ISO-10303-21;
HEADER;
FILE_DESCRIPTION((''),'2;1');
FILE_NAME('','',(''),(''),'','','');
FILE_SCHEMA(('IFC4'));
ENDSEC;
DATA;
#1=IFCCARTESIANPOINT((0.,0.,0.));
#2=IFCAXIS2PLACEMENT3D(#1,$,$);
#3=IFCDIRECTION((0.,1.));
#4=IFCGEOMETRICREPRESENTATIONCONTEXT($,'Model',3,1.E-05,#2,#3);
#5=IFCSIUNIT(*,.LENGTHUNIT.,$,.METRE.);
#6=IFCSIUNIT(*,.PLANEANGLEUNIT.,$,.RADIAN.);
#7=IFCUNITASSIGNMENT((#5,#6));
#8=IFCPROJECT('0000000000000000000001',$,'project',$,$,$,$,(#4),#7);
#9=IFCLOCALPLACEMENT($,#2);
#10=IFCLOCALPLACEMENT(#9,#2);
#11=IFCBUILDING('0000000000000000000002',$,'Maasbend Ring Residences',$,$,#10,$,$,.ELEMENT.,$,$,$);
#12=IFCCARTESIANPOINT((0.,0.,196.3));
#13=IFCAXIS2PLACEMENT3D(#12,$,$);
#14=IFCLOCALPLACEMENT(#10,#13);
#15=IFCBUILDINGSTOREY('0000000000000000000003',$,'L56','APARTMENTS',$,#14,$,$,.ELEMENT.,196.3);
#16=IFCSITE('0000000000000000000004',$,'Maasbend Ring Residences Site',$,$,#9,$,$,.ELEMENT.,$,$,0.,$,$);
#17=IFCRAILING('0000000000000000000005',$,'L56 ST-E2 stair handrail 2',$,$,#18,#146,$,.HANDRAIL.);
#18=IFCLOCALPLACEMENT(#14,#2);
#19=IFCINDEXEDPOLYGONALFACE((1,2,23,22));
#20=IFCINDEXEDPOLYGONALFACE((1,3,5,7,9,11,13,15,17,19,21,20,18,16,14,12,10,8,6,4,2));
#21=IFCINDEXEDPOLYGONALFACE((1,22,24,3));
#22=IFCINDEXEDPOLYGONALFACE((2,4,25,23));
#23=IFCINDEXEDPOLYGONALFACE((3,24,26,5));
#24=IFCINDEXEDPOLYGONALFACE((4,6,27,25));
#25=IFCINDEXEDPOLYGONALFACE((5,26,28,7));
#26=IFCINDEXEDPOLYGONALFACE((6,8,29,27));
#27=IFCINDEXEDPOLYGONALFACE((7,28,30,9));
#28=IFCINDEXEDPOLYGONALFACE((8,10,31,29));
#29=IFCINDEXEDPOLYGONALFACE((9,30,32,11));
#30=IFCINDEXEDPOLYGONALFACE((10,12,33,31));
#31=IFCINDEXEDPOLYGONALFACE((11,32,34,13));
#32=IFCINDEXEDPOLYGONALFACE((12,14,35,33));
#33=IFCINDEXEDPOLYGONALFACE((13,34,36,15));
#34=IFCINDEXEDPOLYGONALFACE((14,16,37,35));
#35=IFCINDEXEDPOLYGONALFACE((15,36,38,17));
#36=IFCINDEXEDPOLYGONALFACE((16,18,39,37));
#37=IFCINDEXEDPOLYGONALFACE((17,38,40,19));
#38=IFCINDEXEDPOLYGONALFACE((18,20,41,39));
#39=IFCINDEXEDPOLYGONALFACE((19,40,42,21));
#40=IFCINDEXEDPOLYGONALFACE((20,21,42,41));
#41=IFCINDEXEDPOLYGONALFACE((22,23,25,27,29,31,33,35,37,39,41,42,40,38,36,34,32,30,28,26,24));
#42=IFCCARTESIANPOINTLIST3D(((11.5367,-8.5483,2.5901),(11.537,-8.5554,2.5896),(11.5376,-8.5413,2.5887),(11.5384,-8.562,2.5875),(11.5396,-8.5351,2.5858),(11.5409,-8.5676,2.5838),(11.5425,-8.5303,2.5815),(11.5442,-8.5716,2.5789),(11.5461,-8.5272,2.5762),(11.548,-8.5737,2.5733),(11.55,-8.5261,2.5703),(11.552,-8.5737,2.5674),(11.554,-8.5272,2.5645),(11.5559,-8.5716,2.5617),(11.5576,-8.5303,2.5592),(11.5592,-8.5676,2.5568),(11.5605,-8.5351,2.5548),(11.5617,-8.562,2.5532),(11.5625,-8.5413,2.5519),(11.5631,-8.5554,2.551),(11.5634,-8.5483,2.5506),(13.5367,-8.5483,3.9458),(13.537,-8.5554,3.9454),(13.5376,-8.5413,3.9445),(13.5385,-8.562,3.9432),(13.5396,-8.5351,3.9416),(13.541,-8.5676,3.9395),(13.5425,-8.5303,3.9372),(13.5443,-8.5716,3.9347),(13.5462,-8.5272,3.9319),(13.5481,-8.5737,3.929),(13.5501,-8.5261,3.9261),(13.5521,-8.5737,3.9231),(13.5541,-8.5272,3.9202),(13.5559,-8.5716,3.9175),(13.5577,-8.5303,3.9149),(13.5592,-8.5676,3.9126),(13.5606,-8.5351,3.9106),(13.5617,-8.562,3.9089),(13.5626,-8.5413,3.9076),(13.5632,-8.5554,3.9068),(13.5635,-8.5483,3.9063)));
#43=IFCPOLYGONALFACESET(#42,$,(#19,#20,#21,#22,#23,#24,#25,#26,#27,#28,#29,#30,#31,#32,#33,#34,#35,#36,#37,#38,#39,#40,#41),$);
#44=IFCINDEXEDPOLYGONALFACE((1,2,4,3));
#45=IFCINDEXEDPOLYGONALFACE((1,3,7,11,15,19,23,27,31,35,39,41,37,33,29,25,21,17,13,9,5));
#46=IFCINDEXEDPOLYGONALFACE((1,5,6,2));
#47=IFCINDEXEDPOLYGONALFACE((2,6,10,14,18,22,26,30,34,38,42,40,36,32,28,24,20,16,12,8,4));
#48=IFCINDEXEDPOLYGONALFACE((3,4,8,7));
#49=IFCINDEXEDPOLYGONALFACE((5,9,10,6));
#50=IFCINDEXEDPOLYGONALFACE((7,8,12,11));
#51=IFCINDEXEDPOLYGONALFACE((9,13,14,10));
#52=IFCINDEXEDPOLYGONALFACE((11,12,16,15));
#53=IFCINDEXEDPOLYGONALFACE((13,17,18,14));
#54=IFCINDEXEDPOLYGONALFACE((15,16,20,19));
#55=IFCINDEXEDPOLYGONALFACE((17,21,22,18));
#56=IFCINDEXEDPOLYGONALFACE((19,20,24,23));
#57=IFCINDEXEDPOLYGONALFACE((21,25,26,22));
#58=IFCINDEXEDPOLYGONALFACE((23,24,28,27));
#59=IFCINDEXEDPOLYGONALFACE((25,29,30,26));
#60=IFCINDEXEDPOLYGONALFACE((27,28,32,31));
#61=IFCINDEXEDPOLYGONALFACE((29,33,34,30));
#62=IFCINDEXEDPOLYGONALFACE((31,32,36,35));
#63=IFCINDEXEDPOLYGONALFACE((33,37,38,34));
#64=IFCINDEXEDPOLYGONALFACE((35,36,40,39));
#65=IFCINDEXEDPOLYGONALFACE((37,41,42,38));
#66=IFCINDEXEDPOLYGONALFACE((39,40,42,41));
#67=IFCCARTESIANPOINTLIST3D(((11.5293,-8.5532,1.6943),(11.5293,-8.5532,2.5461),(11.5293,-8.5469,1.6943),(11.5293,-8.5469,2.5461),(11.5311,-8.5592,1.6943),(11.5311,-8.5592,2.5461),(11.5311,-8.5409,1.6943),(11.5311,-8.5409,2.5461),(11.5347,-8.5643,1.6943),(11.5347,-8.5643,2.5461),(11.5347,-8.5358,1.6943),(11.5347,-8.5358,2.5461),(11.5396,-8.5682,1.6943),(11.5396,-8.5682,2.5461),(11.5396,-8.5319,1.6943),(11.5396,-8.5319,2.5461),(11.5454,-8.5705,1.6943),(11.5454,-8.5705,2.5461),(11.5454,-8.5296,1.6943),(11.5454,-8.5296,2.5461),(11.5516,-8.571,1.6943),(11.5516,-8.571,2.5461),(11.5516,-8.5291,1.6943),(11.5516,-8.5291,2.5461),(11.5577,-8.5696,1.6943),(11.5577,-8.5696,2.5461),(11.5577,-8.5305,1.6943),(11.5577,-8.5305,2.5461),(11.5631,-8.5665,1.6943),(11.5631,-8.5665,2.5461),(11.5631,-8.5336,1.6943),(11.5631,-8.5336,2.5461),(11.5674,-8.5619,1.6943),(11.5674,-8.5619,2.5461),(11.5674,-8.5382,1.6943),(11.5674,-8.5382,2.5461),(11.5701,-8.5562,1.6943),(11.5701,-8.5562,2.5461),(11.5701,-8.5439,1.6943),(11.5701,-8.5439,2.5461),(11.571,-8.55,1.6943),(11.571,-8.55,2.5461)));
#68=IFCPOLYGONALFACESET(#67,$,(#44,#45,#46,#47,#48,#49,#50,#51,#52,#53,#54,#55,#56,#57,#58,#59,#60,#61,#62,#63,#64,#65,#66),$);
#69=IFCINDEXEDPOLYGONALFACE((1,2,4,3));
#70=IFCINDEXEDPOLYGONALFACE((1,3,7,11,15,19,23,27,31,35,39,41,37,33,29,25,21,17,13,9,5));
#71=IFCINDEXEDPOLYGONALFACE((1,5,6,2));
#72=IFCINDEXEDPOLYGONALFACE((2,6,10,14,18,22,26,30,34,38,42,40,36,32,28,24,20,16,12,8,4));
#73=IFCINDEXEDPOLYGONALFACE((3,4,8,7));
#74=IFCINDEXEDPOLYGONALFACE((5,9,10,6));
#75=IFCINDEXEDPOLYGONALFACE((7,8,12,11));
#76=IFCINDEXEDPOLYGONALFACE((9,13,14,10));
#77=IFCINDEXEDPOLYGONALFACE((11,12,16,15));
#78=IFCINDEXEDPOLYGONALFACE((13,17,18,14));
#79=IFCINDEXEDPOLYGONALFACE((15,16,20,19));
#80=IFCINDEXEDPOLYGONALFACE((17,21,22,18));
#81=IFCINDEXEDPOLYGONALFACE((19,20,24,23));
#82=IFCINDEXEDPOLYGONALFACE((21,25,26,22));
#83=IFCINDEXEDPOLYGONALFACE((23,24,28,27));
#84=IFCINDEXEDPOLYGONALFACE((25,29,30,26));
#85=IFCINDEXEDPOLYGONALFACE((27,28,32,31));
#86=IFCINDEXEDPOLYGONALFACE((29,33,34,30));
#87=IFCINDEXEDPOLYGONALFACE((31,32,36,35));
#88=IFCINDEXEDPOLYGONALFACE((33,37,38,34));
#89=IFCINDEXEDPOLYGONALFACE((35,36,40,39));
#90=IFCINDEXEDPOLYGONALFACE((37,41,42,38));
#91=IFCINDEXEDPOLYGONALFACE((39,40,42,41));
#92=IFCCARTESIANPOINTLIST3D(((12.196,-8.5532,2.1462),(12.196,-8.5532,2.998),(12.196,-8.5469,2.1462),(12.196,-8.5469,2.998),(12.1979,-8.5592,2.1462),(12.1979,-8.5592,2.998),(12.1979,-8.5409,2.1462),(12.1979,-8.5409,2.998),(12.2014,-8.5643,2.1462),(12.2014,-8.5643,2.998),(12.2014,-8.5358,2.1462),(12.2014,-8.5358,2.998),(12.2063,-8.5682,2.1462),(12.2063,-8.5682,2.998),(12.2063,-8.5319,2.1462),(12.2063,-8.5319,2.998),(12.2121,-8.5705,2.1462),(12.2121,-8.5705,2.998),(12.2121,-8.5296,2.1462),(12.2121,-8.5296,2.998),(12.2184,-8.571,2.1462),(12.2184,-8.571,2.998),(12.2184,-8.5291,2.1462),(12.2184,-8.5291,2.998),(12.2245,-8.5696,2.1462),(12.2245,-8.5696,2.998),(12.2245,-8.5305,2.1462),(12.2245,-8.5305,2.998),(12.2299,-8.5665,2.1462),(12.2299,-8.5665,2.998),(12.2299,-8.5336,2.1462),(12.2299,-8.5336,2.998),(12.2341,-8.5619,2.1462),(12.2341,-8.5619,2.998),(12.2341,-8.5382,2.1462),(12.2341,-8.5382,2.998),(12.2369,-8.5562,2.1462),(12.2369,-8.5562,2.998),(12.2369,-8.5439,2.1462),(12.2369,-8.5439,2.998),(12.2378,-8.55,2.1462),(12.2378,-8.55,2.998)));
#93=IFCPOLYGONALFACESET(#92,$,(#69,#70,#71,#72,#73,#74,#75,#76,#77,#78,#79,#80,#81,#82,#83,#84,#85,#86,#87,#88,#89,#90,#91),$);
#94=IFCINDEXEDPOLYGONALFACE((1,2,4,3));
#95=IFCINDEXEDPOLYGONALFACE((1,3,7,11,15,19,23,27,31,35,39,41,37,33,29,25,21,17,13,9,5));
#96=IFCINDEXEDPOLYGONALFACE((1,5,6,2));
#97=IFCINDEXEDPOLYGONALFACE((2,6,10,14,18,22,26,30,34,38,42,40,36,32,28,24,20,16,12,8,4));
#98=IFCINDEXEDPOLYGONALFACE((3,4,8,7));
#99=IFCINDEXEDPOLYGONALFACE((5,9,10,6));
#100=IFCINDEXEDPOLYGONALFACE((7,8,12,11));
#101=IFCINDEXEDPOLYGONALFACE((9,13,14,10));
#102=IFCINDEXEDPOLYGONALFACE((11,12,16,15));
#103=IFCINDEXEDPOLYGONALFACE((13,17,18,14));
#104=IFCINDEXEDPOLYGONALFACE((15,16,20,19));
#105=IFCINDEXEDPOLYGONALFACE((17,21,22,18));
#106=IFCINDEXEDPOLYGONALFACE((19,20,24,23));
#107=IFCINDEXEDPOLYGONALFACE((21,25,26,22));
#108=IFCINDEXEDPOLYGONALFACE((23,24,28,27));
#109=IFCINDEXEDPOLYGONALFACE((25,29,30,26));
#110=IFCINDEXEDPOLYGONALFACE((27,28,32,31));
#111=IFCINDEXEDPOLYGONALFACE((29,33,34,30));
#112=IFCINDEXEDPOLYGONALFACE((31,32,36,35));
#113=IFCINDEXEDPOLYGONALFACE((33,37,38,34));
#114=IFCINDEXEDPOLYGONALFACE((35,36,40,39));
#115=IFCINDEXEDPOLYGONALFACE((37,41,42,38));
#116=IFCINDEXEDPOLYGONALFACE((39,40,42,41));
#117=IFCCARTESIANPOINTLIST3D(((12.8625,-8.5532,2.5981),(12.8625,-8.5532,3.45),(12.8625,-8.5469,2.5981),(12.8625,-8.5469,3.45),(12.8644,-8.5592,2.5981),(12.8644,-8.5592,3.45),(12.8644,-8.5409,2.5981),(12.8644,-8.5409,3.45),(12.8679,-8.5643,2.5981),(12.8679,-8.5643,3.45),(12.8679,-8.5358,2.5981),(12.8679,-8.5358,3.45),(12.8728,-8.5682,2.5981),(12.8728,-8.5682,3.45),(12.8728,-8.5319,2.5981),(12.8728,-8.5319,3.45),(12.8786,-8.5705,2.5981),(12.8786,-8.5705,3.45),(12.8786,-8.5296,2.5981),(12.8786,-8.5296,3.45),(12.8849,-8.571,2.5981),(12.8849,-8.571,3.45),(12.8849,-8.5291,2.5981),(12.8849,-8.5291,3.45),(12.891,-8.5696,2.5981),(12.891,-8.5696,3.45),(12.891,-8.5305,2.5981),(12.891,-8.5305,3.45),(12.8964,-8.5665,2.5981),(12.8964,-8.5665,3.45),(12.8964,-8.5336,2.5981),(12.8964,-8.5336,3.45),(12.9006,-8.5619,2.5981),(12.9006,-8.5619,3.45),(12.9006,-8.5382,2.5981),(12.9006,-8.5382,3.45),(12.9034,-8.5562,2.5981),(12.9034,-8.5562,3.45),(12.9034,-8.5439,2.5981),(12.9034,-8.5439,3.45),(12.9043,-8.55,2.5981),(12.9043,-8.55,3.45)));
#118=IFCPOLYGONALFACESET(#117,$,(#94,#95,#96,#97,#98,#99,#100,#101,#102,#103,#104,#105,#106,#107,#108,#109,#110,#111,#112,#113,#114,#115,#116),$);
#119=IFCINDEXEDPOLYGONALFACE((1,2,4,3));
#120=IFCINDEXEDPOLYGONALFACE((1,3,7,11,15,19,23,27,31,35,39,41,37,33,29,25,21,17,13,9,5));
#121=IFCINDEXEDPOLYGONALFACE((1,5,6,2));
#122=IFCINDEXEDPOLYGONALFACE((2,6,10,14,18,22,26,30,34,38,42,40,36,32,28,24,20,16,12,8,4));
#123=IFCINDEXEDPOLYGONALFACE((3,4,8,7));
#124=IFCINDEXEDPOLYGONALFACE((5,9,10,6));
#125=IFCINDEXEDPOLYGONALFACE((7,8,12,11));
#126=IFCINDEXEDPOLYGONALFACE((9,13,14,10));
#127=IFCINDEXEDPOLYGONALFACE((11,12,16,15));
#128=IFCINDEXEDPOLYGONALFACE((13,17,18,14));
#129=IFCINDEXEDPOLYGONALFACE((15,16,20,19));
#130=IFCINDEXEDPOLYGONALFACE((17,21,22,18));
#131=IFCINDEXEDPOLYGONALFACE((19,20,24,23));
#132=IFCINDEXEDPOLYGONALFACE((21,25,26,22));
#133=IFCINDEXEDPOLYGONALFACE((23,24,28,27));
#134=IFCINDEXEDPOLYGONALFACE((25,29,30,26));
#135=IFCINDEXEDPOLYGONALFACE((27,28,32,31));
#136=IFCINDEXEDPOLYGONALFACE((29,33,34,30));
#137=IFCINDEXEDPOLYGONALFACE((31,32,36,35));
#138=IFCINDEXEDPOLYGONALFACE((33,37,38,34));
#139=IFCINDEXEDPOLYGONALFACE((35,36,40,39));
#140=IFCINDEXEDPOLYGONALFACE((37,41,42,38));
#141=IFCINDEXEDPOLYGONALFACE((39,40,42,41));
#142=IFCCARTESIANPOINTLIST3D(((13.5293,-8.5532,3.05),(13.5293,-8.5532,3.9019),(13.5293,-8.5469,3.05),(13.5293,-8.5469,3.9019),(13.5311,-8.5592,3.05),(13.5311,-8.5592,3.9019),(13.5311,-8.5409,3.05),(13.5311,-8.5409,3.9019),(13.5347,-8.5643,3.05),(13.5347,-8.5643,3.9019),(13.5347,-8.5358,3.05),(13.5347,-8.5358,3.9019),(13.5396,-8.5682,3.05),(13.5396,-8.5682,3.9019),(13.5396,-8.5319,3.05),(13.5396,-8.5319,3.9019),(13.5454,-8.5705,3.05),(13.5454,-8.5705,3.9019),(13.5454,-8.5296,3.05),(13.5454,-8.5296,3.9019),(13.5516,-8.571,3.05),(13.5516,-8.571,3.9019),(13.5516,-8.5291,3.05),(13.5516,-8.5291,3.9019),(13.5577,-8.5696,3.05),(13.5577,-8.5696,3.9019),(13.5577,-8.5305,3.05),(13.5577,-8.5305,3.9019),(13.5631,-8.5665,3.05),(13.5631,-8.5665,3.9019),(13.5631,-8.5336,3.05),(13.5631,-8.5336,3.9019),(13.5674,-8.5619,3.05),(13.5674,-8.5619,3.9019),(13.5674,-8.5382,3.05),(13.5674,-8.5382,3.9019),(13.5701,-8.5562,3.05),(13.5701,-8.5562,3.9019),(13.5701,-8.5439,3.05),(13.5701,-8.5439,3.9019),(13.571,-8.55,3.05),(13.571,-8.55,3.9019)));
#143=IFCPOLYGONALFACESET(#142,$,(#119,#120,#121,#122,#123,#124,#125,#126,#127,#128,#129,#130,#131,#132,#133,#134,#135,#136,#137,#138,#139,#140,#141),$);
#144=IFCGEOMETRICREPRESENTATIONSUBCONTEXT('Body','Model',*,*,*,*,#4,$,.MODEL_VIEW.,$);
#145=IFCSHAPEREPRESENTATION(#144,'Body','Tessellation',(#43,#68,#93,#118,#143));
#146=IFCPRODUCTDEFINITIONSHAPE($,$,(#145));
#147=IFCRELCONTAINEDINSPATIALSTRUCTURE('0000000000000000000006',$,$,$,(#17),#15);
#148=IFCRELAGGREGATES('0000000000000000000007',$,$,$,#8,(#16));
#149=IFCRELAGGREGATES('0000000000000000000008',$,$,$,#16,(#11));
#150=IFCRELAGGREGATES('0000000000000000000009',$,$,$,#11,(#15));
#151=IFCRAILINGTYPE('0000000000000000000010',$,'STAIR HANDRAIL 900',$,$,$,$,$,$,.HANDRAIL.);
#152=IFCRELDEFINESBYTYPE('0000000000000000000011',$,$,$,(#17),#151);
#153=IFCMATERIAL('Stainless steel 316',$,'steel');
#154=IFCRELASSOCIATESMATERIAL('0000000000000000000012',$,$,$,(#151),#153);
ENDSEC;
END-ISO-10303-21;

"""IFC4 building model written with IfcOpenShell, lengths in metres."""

from ifc_helpers import new_model, si_unit, direction, frame, origin, origin_2d, place, context, subcontext, project, spatial, circle, extrude, material, type_object, element, save


model = new_model("IFC4")

# Units and contexts
model_context = context("Model", 3, precision=1e-05, world=origin(), true_north=direction((0.0, 1.0)))
body_context = subcontext(model_context, "Body", "Model", "MODEL_VIEW")
ifc_project = project(units=[si_unit("LENGTHUNIT", "METRE"), si_unit("PLANEANGLEUNIT", "RADIAN")], contexts=[model_context])

# Site, building, storey
site_placement = place(None, origin())
site = spatial("IfcSite", under=ifc_project, at=site_placement, Name="Maasbend Ring Residences Site", CompositionType="ELEMENT", RefElevation=0.0)
building_placement = place(site_placement, origin())
building = spatial("IfcBuilding", under=site, at=building_placement, Name="Maasbend Ring Residences", CompositionType="ELEMENT")
storey_placement = place(building_placement, frame((0.0, 0.0, 196.3)))
storey = spatial("IfcBuildingStorey", under=building, at=storey_placement, Name="L56", Description="APARTMENTS", CompositionType="ELEMENT", Elevation=196.3)

# Railing
ifc_material_1 = material(Name="Stainless steel 316", Category="steel")
railing_type_1 = type_object("IfcRailingType", Name="STAIR HANDRAIL 900", PredefinedType="HANDRAIL", material=ifc_material_1)
railing_1_placement = place(storey_placement, frame((11.55, -8.55, 1.6943)))
element("IfcRailing", 1, at=railing_1_placement, inside=storey, type_object=railing_type_1, Name="L56 ST-E2 stair handrail 2", PredefinedType="HANDRAIL", context=body_context, shape_type="SweptSolid", body=[
    extrude(circle(Radius=0.0239, at=origin_2d()), frame((0.0, 0.0, 0.876), z_axis=(0.827751, 0.0, 0.561096), x_axis=(0.0, 1.0, 0.0)), (0.0, 0.0, 1.0), 2.4163),
    extrude(circle(Radius=0.021, at=origin_2d()), origin(), (0.0, 0.0, 1.0), 0.8518),
    extrude(circle(Radius=0.021, at=origin_2d()), frame((0.6667, 0.0, 0.4519)), (0.0, 0.0, 1.0), 0.8518),
    extrude(circle(Radius=0.021, at=origin_2d()), frame((1.3333, 0.0, 0.9038)), (0.0, 0.0, 1.0), 0.8518),
    extrude(circle(Radius=0.021, at=origin_2d()), frame((2.0, 0.0, 1.3557)), (0.0, 0.0, 1.0), 0.8518),
])

save(model, "model.ifc")
